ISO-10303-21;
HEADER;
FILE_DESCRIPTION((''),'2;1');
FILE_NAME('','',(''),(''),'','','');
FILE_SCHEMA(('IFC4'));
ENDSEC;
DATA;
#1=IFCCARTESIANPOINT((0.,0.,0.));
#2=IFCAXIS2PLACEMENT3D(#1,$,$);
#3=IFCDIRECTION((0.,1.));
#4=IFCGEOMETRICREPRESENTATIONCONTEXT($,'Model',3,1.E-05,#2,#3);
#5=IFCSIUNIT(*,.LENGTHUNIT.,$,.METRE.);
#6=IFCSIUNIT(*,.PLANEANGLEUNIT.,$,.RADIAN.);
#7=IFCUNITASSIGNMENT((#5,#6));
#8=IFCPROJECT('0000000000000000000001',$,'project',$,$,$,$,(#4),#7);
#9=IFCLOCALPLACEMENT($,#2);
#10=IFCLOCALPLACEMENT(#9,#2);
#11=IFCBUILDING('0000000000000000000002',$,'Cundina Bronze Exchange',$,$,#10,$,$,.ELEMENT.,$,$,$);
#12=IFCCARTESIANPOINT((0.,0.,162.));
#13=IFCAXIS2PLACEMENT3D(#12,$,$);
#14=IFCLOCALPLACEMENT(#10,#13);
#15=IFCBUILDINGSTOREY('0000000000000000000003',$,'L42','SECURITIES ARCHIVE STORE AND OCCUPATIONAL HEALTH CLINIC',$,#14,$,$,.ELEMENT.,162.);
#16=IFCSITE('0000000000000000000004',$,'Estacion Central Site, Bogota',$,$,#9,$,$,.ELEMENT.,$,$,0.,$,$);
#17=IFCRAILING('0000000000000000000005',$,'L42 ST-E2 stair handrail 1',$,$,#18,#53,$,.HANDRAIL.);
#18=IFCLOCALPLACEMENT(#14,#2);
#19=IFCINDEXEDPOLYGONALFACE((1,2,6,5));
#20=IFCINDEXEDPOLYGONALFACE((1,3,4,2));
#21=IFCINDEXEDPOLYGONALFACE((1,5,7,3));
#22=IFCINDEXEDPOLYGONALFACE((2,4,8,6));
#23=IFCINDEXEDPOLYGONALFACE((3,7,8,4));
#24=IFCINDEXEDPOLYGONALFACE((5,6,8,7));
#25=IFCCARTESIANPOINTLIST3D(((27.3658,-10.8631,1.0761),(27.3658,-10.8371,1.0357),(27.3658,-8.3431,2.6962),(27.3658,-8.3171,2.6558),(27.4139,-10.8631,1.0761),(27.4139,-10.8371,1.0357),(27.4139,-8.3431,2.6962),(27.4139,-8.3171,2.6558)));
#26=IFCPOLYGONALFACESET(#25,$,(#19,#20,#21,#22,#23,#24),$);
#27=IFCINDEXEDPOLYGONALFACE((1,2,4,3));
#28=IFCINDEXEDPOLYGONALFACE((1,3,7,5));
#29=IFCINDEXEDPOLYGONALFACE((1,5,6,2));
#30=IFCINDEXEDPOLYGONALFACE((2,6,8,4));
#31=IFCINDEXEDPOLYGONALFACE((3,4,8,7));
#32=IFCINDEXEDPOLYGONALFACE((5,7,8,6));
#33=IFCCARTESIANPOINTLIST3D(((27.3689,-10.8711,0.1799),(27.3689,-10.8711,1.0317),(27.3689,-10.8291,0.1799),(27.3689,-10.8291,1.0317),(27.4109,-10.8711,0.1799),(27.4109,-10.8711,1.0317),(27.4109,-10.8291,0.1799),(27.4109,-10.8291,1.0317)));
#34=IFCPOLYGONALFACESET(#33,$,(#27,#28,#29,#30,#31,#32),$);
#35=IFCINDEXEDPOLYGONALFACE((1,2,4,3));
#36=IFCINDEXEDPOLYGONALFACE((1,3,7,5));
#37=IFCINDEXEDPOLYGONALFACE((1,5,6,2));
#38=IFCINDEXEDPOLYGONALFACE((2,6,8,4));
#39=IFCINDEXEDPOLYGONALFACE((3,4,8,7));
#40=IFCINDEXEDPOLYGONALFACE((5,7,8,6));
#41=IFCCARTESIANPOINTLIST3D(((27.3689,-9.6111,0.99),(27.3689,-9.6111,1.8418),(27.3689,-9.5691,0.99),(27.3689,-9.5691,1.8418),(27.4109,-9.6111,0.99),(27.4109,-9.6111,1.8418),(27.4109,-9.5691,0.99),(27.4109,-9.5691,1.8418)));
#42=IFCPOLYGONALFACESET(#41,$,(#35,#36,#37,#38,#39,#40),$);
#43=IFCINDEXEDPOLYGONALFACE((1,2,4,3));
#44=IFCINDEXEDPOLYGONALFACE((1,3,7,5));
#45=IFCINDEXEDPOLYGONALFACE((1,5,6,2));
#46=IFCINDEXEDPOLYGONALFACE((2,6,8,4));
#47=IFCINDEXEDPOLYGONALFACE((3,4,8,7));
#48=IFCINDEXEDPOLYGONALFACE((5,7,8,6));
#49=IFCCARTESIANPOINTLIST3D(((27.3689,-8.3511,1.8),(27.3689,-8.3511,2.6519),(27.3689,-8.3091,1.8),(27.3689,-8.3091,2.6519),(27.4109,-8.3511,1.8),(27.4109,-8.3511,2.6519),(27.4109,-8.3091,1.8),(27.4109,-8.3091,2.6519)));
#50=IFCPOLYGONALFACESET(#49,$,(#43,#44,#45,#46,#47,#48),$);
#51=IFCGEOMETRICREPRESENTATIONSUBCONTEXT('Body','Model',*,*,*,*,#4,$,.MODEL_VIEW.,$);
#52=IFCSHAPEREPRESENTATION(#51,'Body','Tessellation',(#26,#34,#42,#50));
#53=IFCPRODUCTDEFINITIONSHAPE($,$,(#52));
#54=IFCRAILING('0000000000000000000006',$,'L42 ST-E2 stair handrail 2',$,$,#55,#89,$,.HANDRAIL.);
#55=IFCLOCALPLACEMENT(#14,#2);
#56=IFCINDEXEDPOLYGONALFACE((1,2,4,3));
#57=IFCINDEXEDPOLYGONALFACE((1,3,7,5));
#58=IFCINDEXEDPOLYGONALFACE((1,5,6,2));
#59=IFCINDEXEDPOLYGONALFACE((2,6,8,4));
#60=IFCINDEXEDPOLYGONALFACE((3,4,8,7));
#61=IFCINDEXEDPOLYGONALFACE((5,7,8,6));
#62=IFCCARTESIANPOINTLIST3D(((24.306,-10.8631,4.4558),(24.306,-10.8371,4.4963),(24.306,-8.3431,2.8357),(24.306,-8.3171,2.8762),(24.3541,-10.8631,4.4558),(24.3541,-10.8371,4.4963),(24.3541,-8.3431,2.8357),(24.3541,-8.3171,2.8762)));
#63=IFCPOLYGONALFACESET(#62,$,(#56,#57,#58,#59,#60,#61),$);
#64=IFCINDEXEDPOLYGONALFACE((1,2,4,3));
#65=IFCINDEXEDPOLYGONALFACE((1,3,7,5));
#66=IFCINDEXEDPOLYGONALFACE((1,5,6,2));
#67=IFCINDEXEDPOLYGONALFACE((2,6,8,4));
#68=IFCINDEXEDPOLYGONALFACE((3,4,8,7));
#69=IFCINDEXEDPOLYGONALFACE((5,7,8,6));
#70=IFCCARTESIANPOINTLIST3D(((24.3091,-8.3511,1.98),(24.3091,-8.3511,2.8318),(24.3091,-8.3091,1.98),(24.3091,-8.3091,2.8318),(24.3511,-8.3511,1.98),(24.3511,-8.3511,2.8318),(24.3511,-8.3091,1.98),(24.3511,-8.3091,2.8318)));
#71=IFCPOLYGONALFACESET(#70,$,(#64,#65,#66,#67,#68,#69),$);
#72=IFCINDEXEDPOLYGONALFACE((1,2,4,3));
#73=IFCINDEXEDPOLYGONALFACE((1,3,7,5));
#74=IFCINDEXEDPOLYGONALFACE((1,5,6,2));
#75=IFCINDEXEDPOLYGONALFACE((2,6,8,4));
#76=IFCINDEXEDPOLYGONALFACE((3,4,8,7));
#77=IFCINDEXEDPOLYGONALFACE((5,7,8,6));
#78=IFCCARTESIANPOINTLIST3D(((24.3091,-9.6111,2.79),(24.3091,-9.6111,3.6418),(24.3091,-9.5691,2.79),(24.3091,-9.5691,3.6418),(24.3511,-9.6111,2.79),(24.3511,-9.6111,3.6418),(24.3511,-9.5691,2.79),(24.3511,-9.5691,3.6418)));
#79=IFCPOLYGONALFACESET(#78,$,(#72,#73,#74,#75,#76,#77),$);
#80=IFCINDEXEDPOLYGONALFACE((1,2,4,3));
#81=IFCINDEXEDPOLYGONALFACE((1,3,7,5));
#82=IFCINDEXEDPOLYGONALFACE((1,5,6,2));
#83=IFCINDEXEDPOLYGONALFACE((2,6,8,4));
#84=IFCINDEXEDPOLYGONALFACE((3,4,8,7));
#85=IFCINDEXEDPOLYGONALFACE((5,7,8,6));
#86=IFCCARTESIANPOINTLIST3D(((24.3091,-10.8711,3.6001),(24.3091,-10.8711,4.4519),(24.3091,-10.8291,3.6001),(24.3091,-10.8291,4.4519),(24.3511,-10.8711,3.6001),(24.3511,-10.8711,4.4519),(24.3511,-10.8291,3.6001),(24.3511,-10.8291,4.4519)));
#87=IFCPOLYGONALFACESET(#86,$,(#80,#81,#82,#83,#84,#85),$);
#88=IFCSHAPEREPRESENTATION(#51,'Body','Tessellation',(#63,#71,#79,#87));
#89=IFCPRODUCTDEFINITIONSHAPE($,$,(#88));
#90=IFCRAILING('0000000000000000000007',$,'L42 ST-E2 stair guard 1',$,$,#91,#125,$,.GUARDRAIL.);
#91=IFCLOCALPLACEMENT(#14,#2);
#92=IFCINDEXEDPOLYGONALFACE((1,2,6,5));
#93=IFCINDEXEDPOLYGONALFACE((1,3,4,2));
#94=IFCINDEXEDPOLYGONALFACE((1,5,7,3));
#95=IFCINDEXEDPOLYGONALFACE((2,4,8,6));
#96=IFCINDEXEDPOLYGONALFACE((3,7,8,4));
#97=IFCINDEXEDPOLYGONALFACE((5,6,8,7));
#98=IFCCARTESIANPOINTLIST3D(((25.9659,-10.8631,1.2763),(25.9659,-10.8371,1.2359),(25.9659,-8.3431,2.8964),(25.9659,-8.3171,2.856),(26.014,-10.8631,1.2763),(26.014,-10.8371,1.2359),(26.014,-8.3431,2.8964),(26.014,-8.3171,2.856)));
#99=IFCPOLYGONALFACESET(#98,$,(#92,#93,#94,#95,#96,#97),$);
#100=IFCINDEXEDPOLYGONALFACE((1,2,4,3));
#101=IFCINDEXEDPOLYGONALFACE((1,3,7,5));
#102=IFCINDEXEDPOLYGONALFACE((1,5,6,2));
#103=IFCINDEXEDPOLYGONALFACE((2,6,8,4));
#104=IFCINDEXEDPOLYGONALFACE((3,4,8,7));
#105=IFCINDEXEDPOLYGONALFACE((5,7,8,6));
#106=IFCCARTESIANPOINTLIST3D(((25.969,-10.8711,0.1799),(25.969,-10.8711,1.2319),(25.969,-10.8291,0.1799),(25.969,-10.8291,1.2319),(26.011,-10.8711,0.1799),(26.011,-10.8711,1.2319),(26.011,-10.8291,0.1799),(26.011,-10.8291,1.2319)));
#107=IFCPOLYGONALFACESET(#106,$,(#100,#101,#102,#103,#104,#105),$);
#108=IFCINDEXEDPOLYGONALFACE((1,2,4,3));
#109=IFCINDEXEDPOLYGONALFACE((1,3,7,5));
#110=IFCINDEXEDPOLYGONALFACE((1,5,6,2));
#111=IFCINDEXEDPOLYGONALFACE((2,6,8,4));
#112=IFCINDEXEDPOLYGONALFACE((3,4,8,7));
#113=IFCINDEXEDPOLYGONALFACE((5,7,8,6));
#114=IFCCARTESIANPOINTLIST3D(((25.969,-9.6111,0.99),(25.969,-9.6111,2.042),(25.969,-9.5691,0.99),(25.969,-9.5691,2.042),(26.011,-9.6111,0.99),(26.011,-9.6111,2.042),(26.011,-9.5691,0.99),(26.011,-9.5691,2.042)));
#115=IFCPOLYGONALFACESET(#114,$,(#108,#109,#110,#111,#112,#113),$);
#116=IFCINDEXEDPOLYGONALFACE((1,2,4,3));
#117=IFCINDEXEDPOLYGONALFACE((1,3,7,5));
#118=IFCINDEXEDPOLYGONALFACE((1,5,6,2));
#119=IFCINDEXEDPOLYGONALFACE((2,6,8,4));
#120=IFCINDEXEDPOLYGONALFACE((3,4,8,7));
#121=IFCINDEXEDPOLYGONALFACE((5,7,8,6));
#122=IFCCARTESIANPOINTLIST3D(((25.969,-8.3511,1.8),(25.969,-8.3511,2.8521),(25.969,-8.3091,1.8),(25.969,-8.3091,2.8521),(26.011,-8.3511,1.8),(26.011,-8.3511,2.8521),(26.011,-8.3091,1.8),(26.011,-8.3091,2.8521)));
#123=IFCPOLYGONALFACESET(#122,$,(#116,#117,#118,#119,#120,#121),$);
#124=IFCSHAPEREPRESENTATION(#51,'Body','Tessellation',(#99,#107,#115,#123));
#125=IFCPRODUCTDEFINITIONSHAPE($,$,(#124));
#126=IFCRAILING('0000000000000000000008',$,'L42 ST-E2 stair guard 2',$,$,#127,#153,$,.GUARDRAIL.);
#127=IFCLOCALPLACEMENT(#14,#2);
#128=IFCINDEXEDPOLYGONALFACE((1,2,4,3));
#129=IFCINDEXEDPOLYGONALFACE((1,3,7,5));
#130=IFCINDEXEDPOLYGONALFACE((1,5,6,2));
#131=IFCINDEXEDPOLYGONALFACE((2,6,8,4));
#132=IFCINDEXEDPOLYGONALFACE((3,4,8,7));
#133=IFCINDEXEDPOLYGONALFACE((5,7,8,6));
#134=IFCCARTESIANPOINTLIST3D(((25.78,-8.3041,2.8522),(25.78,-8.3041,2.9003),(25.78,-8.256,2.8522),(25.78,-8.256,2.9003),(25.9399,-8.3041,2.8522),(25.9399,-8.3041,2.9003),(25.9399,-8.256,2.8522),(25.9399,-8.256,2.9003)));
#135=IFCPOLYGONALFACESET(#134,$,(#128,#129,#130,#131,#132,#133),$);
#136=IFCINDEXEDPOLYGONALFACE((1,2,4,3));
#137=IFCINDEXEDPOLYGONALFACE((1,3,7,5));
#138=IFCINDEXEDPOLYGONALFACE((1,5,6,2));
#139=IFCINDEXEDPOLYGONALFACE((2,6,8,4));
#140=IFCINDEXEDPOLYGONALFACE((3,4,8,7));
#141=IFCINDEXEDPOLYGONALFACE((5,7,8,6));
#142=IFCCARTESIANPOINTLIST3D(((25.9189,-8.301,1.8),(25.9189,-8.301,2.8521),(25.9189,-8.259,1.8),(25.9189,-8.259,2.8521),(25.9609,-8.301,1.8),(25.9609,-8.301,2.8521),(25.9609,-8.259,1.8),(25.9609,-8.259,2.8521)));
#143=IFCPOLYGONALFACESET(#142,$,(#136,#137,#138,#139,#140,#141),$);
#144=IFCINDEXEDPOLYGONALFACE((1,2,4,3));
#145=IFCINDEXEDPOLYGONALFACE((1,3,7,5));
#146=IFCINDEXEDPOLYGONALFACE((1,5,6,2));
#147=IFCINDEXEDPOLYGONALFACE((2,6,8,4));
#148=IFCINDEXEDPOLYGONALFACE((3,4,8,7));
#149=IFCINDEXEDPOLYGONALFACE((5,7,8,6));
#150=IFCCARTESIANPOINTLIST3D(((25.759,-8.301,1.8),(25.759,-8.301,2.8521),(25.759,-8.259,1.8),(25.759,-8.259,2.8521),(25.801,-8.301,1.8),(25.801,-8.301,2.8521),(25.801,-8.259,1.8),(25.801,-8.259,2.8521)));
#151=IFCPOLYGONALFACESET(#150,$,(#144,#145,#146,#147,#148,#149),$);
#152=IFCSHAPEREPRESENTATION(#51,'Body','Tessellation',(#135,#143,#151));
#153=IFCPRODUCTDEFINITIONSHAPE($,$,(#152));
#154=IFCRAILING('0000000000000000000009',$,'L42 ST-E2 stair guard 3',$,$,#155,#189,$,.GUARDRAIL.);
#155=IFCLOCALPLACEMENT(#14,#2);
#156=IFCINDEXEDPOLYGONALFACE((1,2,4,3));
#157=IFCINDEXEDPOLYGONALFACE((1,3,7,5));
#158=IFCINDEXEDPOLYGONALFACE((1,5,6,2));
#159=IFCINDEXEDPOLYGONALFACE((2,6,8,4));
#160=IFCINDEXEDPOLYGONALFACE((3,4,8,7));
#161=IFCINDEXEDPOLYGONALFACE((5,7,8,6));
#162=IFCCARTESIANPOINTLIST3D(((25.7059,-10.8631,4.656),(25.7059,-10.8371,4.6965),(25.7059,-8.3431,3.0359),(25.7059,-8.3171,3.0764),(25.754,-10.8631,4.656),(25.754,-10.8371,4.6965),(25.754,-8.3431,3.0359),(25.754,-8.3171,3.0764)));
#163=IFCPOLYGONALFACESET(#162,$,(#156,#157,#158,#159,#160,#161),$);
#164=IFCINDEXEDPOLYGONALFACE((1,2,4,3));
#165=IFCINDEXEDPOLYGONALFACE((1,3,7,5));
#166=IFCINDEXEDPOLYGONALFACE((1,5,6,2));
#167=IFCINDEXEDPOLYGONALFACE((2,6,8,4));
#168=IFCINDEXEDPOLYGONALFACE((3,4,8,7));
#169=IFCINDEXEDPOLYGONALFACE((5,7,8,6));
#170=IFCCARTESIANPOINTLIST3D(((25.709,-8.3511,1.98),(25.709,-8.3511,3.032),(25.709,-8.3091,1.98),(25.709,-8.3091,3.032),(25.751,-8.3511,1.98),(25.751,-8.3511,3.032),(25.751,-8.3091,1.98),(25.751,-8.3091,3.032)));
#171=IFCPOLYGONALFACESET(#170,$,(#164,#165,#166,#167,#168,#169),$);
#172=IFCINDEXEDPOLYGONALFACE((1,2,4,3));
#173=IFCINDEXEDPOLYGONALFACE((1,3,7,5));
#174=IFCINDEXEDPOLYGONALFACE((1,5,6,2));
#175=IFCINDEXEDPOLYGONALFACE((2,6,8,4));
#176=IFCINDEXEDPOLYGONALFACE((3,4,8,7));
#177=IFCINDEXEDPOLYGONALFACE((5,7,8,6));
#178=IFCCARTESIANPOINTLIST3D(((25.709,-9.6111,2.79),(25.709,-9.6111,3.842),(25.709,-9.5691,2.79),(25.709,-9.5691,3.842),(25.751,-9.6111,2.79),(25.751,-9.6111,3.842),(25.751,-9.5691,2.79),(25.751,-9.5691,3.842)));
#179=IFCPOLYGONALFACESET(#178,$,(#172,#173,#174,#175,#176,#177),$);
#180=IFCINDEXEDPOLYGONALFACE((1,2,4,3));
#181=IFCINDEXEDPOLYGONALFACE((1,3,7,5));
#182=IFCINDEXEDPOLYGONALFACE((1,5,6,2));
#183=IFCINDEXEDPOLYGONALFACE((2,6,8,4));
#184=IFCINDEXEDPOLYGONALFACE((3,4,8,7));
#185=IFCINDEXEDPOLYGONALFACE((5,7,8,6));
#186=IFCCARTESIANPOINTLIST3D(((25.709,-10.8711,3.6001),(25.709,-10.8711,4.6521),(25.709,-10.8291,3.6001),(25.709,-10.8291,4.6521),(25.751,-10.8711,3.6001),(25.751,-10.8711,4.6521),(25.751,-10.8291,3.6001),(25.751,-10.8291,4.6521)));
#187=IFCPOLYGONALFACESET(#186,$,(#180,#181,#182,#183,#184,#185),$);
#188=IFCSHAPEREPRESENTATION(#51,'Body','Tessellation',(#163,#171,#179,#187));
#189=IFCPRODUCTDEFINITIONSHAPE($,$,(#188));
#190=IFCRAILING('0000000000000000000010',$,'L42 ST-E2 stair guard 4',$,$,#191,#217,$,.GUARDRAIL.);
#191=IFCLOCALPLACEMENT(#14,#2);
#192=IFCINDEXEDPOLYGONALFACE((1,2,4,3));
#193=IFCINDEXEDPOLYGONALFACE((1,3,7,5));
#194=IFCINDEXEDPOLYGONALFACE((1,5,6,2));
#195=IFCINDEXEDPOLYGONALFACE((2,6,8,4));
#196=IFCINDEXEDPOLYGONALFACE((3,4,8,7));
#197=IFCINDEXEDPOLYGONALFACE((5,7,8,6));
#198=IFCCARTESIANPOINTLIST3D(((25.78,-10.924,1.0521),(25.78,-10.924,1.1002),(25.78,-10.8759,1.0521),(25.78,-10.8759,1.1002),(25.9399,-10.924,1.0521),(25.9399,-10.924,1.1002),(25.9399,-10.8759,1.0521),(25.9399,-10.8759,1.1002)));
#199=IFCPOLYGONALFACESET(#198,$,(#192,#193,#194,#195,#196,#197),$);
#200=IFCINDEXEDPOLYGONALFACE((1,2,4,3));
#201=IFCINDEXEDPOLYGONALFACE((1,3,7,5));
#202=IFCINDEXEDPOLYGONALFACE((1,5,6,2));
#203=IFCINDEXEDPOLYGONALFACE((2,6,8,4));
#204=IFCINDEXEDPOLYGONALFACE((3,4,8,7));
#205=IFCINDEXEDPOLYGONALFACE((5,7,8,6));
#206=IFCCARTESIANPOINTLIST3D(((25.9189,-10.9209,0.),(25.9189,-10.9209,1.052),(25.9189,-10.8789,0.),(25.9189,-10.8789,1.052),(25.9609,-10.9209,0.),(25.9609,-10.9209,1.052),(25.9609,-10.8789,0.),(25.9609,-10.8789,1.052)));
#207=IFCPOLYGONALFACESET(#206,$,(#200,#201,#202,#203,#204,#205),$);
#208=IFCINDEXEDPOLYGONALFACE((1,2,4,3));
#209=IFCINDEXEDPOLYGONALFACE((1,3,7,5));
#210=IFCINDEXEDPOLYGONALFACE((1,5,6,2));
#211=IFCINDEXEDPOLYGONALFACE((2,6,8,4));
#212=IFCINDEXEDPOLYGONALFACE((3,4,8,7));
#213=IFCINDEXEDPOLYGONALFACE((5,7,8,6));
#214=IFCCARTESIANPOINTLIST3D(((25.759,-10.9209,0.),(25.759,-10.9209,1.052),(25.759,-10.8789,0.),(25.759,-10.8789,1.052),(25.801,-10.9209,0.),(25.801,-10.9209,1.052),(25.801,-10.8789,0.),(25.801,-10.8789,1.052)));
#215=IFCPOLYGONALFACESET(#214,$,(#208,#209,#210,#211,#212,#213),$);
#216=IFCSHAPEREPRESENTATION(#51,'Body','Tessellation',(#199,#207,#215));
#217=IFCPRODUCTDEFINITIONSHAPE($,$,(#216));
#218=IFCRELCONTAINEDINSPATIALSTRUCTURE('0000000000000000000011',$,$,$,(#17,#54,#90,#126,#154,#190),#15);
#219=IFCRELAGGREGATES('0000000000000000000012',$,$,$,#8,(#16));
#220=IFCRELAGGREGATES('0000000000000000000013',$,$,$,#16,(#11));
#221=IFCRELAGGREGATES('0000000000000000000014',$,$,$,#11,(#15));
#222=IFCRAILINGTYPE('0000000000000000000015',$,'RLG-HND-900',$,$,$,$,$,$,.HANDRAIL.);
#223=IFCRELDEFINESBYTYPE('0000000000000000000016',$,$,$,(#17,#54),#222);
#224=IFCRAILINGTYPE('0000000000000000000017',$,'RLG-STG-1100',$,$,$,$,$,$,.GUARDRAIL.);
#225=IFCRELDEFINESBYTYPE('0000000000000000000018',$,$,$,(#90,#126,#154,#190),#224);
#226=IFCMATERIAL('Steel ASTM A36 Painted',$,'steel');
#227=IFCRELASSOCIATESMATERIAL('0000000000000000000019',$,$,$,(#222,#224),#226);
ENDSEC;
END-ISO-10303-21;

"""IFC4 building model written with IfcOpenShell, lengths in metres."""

from ifc_helpers import new_model, si_unit, direction, frame, origin, origin_2d, place, context, subcontext, project, spatial, rectangle, extrude, material, type_object, element, save


model = new_model("IFC4")

# Units and contexts
model_context = context("Model", 3, precision=1e-05, world=origin(), true_north=direction((0.0, 1.0)))
body_context = subcontext(model_context, "Body", "Model", "MODEL_VIEW")
ifc_project = project(units=[si_unit("LENGTHUNIT", "METRE"), si_unit("PLANEANGLEUNIT", "RADIAN")], contexts=[model_context])

# Site, building, storey
site_placement = place(None, origin())
site = spatial("IfcSite", under=ifc_project, at=site_placement, Name="Estacion Central Site, Bogota", CompositionType="ELEMENT", RefElevation=0.0)
building_placement = place(site_placement, origin())
building = spatial("IfcBuilding", under=site, at=building_placement, Name="Cundina Bronze Exchange", CompositionType="ELEMENT")
storey_placement = place(building_placement, frame((0.0, 0.0, 162.0)))
storey = spatial("IfcBuildingStorey", under=building, at=storey_placement, Name="L42", Description="SECURITIES ARCHIVE STORE AND OCCUPATIONAL HEALTH CLINIC", CompositionType="ELEMENT", Elevation=162.0)

# Shared definitions
ifc_material_1 = material(Name="Steel ASTM A36 Painted", Category="steel")

# Railings
railing_type_1 = type_object("IfcRailingType", Name="RLG-HND-900", PredefinedType="HANDRAIL", material=ifc_material_1)
railing_1_placement = place(storey_placement, frame((27.3899, -10.8501, 0.1799)))
element("IfcRailing", 1, at=railing_1_placement, inside=storey, type_object=railing_type_1, Name="L42 ST-E2 stair handrail 1", PredefinedType="HANDRAIL", context=body_context, shape_type="SweptSolid", body=[
    extrude(rectangle(XDim=0.0481, YDim=0.0481, at=origin_2d()), frame((0.0, 0.0, 0.876), z_axis=(0.0, 0.841163, 0.540782), x_axis=(-1.0, 0.0, 0.0)), (0.0, 0.0, 1.0), 2.9958),
    extrude(rectangle(XDim=0.042, YDim=0.042, at=origin_2d()), origin(), (0.0, 0.0, 1.0), 0.8518),
    extrude(rectangle(XDim=0.042, YDim=0.042, at=origin_2d()), frame((0.0, 1.26, 0.8101)), (0.0, 0.0, 1.0), 0.8518),
    extrude(rectangle(XDim=0.042, YDim=0.042, at=origin_2d()), frame((0.0, 2.52, 1.6201)), (0.0, 0.0, 1.0), 0.8518),
])
railing_2_placement = place(storey_placement, frame((24.3301, -8.3301, 1.98)))
element("IfcRailing", 2, at=railing_2_placement, inside=storey, type_object=railing_type_1, Name="L42 ST-E2 stair handrail 2", PredefinedType="HANDRAIL", context=body_context, shape_type="SweptSolid", body=[
    extrude(rectangle(XDim=0.0481, YDim=0.0481, at=origin_2d()), frame((0.0, 0.0, 0.876), z_axis=(0.0, -0.841163, 0.540782), x_axis=(1.0, 0.0, 0.0)), (0.0, 0.0, 1.0), 2.9958),
    extrude(rectangle(XDim=0.042, YDim=0.042, at=origin_2d()), origin(), (0.0, 0.0, 1.0), 0.8518),
    extrude(rectangle(XDim=0.042, YDim=0.042, at=origin_2d()), frame((0.0, -1.26, 0.8101)), (0.0, 0.0, 1.0), 0.8518),
    extrude(rectangle(XDim=0.042, YDim=0.042, at=origin_2d()), frame((0.0, -2.52, 1.6201)), (0.0, 0.0, 1.0), 0.8518),
])
railing_type_2 = type_object("IfcRailingType", Name="RLG-STG-1100", PredefinedType="GUARDRAIL", material=ifc_material_1)
railing_3_placement = place(storey_placement, frame((25.99, -10.8501, 0.1799)))
element("IfcRailing", 3, at=railing_3_placement, inside=storey, type_object=railing_type_2, Name="L42 ST-E2 stair guard 1", PredefinedType="GUARDRAIL", context=body_context, shape_type="SweptSolid", body=[
    extrude(rectangle(XDim=0.0481, YDim=0.0481, at=origin_2d()), frame((0.0, 0.0, 1.0762), z_axis=(0.0, 0.841163, 0.540782), x_axis=(-1.0, 0.0, 0.0)), (0.0, 0.0, 1.0), 2.9958),
    extrude(rectangle(XDim=0.042, YDim=0.042, at=origin_2d()), origin(), (0.0, 0.0, 1.0), 1.052),
    extrude(rectangle(XDim=0.042, YDim=0.042, at=origin_2d()), frame((0.0, 1.26, 0.8101)), (0.0, 0.0, 1.0), 1.052),
    extrude(rectangle(XDim=0.042, YDim=0.042, at=origin_2d()), frame((0.0, 2.52, 1.6201)), (0.0, 0.0, 1.0), 1.052),
])
railing_4_placement = place(storey_placement, frame((25.9399, -8.28, 1.8)))
element("IfcRailing", 4, at=railing_4_placement, inside=storey, type_object=railing_type_2, Name="L42 ST-E2 stair guard 2", PredefinedType="GUARDRAIL", context=body_context, shape_type="SweptSolid", body=[
    extrude(rectangle(XDim=0.0481, YDim=0.0481, at=origin_2d()), frame((0.0, 0.0, 1.0762), z_axis=(-1.0, 0.0, 0.0), x_axis=(0.0, -1.0, 0.0)), (0.0, 0.0, 1.0), 0.1599),
    extrude(rectangle(XDim=0.042, YDim=0.042, at=origin_2d()), origin(), (0.0, 0.0, 1.0), 1.052),
    extrude(rectangle(XDim=0.042, YDim=0.042, at=origin_2d()), frame((-0.1599, 0.0, 0.0)), (0.0, 0.0, 1.0), 1.052),
])
railing_5_placement = place(storey_placement, frame((25.73, -8.3301, 1.98)))
element("IfcRailing", 5, at=railing_5_placement, inside=storey, type_object=railing_type_2, Name="L42 ST-E2 stair guard 3", PredefinedType="GUARDRAIL", context=body_context, shape_type="SweptSolid", body=[
    extrude(rectangle(XDim=0.0481, YDim=0.0481, at=origin_2d()), frame((0.0, 0.0, 1.0762), z_axis=(0.0, -0.841163, 0.540782), x_axis=(1.0, 0.0, 0.0)), (0.0, 0.0, 1.0), 2.9958),
    extrude(rectangle(XDim=0.042, YDim=0.042, at=origin_2d()), origin(), (0.0, 0.0, 1.0), 1.052),
    extrude(rectangle(XDim=0.042, YDim=0.042, at=origin_2d()), frame((0.0, -1.26, 0.8101)), (0.0, 0.0, 1.0), 1.052),
    extrude(rectangle(XDim=0.042, YDim=0.042, at=origin_2d()), frame((0.0, -2.52, 1.6201)), (0.0, 0.0, 1.0), 1.052),
])
railing_6_placement = place(storey_placement, frame((25.9399, -10.8999, 0.0)))
element("IfcRailing", 6, at=railing_6_placement, inside=storey, type_object=railing_type_2, Name="L42 ST-E2 stair guard 4", PredefinedType="GUARDRAIL", context=body_context, shape_type="SweptSolid", body=[
    extrude(rectangle(XDim=0.0481, YDim=0.0481, at=origin_2d()), frame((0.0, 0.0, 1.0762), z_axis=(-1.0, 0.0, 0.0), x_axis=(0.0, -1.0, 0.0)), (0.0, 0.0, 1.0), 0.1599),
    extrude(rectangle(XDim=0.042, YDim=0.042, at=origin_2d()), origin(), (0.0, 0.0, 1.0), 1.052),
    extrude(rectangle(XDim=0.042, YDim=0.042, at=origin_2d()), frame((-0.1599, 0.0, 0.0)), (0.0, 0.0, 1.0), 1.052),
])

save(model, "model.ifc")
